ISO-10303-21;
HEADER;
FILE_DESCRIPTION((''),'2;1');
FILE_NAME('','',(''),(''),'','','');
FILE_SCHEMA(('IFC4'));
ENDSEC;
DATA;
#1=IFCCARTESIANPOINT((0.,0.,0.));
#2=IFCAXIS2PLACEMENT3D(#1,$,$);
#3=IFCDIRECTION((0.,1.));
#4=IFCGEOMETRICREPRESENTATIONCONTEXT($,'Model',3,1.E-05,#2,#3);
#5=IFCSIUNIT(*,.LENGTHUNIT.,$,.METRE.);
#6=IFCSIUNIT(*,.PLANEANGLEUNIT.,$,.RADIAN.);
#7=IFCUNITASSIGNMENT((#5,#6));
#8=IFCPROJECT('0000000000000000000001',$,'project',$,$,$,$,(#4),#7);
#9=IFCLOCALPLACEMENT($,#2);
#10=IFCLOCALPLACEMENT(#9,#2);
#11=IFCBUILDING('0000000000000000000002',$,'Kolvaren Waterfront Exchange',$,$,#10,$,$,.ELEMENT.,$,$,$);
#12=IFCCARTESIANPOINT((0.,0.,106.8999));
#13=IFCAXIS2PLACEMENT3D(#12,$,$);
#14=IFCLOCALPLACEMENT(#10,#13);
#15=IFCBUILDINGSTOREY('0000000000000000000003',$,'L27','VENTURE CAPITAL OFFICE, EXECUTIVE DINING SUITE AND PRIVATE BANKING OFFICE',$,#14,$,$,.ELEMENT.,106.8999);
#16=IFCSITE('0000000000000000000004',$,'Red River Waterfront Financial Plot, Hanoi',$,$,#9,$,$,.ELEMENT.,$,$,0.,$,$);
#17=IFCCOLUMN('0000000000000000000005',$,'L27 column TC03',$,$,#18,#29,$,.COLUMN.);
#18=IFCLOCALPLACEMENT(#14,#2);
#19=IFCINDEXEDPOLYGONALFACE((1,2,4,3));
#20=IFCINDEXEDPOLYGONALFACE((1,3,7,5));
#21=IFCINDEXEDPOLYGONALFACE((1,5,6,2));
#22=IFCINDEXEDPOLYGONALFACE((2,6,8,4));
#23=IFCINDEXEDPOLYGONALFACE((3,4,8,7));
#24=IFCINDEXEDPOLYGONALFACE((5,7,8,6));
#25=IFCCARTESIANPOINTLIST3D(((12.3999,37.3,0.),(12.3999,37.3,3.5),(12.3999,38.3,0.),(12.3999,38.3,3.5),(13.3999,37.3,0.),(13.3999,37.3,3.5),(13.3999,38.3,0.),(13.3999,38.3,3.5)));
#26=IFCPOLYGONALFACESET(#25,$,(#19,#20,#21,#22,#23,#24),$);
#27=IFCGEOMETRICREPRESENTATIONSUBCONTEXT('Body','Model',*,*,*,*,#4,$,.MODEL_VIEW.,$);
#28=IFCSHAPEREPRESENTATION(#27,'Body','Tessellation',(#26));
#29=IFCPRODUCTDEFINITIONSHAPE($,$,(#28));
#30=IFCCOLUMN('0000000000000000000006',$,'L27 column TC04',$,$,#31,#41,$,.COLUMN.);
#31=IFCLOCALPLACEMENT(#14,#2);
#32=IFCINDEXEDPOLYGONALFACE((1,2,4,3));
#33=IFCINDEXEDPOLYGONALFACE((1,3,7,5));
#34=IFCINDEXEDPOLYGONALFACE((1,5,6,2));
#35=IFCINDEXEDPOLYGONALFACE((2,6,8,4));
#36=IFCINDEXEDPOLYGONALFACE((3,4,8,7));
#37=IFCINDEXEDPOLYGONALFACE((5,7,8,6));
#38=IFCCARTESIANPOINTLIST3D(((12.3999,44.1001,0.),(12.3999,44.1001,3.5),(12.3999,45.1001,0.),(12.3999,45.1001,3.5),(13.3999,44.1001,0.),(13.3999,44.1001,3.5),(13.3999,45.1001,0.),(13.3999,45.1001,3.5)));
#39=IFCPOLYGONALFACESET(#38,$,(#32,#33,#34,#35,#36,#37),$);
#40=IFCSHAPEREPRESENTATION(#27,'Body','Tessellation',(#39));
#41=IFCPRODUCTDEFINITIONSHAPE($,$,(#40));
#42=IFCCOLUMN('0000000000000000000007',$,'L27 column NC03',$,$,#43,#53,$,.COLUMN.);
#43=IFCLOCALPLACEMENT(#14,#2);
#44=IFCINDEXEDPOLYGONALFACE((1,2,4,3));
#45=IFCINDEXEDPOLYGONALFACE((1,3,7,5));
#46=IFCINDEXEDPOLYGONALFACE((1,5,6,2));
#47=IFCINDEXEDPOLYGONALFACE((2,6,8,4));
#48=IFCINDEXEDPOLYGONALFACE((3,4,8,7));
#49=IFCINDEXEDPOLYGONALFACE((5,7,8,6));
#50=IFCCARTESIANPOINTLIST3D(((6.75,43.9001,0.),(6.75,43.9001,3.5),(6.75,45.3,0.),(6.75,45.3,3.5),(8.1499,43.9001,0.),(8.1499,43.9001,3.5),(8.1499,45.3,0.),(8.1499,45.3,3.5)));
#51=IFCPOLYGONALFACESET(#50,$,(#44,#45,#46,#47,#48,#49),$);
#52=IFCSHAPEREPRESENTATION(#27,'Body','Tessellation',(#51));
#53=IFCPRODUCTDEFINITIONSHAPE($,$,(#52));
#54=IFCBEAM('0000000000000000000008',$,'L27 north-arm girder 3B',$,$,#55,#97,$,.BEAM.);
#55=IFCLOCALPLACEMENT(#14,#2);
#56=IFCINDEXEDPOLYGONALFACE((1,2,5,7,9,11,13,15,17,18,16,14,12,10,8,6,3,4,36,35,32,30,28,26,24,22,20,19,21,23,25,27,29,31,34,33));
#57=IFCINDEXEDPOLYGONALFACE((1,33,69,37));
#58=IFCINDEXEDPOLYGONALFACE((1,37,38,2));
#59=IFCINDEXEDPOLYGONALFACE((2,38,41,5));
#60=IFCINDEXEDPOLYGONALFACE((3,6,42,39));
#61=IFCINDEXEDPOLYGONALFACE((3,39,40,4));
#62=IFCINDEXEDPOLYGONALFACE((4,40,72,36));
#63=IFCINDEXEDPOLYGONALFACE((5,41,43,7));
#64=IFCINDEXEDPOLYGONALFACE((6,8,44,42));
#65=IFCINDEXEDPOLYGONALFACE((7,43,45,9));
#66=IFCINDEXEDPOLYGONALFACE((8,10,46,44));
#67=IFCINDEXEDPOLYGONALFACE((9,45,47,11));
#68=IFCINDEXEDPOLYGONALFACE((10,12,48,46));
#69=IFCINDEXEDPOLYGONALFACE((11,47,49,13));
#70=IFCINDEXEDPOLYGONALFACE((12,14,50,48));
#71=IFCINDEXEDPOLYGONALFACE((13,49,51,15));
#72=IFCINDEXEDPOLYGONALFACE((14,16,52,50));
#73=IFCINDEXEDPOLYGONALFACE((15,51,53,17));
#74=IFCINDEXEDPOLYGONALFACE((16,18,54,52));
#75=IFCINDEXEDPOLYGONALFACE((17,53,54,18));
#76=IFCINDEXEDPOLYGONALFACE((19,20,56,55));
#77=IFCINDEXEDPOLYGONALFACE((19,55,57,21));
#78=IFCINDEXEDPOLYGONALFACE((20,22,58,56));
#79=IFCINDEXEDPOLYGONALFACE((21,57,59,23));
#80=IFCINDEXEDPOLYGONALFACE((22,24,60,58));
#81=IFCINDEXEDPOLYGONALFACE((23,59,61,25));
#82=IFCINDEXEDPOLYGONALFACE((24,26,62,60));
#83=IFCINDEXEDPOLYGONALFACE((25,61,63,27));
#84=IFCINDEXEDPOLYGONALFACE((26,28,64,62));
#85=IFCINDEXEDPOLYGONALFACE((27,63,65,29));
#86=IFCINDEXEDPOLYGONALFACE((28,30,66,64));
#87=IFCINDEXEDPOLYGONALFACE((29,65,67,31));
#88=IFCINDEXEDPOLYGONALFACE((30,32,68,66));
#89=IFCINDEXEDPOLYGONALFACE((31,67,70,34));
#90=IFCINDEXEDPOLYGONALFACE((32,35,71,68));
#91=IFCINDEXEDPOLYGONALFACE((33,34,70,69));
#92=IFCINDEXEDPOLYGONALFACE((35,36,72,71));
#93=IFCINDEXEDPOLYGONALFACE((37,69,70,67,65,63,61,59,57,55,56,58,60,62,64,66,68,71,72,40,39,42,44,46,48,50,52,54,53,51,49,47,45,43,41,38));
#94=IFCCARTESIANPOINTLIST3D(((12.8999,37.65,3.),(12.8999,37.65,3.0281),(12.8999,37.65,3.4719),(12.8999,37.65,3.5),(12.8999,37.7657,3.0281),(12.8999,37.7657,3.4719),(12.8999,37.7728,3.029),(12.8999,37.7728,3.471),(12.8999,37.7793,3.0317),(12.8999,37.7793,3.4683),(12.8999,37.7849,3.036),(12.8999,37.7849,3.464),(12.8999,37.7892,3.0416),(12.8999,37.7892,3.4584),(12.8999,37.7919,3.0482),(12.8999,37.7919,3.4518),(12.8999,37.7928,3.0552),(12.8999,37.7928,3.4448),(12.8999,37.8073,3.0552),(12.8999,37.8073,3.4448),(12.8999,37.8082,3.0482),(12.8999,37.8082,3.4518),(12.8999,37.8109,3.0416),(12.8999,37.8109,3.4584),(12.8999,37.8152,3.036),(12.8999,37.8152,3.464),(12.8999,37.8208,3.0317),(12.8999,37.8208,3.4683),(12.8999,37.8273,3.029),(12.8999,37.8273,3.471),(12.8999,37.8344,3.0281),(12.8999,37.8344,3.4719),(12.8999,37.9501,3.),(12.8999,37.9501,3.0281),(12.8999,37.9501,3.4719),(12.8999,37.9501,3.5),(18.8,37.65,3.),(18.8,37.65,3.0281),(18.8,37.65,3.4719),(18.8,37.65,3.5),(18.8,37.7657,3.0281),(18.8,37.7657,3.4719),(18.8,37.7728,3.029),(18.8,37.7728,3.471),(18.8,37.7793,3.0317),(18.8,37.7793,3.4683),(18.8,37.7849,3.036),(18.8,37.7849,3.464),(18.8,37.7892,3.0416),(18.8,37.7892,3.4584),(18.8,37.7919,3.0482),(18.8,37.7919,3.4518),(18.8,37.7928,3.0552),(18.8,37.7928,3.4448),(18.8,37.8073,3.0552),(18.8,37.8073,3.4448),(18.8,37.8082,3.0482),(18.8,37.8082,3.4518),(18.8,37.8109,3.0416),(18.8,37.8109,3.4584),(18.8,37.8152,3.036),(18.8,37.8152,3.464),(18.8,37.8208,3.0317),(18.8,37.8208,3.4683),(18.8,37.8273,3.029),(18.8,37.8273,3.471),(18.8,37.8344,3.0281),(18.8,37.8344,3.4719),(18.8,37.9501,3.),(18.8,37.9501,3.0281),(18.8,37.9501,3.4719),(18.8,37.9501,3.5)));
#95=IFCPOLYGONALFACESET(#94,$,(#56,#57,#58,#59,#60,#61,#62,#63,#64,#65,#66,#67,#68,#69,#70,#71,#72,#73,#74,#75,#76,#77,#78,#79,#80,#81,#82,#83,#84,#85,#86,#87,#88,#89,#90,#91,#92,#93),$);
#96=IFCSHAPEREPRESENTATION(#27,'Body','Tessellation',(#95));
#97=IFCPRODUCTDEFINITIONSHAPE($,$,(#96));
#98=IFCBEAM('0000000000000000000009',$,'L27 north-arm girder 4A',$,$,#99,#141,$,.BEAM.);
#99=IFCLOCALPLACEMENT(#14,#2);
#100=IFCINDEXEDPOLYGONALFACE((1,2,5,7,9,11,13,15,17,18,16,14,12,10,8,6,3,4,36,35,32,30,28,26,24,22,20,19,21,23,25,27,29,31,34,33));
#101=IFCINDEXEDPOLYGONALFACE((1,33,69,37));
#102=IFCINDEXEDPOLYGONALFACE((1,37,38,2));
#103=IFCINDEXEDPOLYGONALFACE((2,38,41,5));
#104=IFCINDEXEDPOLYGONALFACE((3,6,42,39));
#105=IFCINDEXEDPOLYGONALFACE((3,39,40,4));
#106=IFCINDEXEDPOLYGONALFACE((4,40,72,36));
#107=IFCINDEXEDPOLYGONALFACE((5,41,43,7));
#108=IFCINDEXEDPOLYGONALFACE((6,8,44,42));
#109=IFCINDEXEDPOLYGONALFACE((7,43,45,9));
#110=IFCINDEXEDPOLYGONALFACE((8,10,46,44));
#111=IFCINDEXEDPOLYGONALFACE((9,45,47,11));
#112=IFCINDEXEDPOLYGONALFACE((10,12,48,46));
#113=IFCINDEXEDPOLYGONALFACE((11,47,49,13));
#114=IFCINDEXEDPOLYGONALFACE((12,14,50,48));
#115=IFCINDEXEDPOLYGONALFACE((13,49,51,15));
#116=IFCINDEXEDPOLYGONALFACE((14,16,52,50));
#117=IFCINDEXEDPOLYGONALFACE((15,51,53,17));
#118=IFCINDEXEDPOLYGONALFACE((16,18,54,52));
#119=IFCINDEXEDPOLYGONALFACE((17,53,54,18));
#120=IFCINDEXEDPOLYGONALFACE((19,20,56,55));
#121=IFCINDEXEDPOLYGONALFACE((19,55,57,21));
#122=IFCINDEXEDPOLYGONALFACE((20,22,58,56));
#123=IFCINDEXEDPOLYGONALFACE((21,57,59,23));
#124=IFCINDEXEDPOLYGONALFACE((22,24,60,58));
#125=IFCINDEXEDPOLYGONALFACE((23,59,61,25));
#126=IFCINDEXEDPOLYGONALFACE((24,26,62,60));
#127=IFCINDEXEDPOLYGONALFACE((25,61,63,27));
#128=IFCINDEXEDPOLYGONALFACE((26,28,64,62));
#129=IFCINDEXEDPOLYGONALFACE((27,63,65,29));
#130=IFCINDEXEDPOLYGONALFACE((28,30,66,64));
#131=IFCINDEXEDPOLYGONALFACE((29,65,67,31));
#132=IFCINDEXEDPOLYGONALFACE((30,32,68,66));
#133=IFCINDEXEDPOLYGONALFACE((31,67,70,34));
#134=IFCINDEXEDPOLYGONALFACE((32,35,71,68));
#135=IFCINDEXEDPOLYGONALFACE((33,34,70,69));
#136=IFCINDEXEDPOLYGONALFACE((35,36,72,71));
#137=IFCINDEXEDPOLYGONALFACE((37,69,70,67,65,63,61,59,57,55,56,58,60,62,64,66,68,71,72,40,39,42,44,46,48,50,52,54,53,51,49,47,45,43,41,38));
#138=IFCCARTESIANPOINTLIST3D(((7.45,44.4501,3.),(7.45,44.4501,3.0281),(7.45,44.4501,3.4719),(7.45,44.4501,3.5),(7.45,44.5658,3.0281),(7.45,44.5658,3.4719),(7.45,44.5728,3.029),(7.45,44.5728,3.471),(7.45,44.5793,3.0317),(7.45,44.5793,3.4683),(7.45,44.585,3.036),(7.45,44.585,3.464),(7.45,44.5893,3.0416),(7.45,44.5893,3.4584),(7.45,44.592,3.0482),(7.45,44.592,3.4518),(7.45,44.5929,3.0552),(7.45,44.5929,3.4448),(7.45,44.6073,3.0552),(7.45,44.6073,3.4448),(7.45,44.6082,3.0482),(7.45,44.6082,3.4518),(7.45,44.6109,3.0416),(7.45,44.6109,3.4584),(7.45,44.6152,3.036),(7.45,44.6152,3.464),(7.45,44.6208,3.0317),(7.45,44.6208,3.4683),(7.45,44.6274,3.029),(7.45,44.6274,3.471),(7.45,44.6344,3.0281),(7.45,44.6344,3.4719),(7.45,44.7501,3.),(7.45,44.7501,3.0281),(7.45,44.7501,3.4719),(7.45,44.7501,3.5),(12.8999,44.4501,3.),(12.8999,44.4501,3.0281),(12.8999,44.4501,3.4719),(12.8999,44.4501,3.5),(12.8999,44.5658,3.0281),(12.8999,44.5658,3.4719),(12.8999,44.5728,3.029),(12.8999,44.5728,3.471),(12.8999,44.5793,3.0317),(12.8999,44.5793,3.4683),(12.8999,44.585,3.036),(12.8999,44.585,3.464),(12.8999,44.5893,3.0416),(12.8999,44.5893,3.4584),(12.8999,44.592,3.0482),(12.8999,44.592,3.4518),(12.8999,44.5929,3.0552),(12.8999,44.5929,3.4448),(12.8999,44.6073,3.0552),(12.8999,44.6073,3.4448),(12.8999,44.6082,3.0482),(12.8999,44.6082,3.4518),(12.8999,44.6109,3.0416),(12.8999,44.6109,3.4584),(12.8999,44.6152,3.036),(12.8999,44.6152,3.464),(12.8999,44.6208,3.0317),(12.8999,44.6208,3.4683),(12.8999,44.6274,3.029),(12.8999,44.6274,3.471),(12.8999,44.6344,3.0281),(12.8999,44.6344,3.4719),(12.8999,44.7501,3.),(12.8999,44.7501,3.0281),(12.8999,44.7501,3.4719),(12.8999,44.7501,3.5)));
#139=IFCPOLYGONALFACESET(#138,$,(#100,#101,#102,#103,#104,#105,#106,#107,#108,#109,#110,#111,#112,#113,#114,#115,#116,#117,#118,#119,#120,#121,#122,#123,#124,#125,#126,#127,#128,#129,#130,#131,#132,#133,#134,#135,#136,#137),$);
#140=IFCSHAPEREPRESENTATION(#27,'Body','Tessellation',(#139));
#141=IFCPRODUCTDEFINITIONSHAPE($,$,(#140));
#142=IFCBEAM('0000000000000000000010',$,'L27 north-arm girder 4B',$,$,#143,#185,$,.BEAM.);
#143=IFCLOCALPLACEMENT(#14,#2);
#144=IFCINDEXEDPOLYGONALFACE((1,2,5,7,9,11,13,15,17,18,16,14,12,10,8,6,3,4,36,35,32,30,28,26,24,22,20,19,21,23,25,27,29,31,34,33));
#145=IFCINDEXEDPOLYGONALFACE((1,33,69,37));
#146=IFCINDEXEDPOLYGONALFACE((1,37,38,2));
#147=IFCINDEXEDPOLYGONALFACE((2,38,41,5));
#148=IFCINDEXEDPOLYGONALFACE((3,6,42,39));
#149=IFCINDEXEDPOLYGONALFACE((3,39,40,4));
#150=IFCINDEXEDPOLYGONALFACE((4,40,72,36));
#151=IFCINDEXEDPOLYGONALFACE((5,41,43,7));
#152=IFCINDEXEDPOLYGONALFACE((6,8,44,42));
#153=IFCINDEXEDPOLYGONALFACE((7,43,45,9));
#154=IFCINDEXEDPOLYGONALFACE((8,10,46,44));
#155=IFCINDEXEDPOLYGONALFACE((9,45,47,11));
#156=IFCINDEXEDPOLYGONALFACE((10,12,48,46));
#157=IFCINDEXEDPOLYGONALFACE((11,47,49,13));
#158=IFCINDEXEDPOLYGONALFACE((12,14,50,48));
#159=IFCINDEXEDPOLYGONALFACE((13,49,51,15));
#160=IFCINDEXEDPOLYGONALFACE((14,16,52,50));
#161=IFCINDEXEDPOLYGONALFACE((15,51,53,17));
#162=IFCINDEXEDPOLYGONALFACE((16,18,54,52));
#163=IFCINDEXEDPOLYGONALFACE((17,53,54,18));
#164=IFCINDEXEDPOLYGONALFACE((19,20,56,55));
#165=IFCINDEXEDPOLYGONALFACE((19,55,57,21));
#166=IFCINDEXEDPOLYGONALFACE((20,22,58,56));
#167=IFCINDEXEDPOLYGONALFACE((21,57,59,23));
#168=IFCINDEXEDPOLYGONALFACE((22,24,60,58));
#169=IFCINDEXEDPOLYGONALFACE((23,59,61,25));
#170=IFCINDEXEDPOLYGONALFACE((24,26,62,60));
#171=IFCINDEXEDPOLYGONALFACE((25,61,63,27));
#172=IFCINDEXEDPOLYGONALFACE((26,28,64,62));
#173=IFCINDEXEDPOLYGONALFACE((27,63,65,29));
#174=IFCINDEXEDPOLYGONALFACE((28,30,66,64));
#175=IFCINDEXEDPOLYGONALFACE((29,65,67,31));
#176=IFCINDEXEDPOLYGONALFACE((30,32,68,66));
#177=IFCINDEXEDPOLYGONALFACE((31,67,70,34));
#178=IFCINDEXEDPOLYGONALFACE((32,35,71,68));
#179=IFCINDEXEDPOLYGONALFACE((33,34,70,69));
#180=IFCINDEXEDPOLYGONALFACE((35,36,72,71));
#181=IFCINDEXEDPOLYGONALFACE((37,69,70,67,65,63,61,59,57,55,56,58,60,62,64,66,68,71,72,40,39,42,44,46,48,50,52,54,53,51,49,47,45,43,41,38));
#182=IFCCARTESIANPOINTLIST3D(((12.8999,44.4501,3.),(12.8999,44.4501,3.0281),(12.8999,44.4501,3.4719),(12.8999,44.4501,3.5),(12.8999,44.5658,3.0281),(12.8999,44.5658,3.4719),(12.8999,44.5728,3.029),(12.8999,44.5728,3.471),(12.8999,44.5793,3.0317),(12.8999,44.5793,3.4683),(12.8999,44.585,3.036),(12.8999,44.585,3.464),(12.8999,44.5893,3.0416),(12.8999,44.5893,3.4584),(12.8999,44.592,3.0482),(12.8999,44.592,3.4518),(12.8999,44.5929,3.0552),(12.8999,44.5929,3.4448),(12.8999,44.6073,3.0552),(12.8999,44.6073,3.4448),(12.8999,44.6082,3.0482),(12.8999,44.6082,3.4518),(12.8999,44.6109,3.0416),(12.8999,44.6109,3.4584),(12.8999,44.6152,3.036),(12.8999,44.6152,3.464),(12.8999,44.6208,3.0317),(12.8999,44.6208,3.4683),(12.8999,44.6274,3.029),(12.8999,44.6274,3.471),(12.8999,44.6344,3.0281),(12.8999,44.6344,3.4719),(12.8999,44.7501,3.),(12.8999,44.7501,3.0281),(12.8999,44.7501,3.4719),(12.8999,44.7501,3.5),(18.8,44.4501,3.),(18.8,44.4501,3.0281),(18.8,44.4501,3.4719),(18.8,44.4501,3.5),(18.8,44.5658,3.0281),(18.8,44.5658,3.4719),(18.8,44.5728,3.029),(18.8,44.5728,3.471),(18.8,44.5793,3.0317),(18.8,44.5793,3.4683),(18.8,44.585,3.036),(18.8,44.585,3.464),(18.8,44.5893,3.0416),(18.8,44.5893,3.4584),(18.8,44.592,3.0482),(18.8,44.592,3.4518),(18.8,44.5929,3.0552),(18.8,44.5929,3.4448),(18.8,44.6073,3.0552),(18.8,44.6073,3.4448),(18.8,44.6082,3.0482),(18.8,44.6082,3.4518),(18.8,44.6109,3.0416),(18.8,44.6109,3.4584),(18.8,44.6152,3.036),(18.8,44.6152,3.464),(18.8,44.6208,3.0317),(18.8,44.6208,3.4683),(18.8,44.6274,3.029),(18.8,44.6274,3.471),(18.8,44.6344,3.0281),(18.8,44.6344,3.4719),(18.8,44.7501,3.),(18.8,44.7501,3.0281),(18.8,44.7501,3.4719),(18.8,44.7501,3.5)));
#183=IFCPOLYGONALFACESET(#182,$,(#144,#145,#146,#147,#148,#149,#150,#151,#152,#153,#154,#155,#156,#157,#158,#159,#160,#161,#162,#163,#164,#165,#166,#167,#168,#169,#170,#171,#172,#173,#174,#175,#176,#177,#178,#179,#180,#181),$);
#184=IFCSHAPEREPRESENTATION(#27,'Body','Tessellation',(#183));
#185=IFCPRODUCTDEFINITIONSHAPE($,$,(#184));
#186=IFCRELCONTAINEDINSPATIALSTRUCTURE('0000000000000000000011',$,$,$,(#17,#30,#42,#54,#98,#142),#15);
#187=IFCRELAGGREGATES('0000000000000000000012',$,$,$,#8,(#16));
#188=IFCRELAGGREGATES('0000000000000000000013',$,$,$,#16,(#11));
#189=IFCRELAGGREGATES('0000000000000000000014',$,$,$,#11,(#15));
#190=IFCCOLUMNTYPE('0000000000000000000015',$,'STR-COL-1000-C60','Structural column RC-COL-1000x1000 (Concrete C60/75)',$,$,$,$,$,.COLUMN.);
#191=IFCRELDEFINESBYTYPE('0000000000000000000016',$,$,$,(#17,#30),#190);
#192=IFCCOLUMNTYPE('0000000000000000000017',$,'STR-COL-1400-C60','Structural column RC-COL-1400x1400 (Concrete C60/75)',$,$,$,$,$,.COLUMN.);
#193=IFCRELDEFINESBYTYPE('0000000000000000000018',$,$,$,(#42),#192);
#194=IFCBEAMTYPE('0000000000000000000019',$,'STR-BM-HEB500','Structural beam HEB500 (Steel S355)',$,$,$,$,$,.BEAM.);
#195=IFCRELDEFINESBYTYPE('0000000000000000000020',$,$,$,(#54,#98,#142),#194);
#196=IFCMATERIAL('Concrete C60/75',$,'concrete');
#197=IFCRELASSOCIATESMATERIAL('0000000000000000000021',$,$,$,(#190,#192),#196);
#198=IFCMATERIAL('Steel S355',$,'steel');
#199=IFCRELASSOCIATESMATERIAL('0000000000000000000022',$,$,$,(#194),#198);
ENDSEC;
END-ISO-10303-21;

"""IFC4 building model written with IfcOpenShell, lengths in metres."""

from ifc_helpers import new_model, si_unit, direction, frame, origin, origin_2d, place, context, subcontext, project, spatial, rectangle, i_section, extrude, material, material_profile, profile_set, type_object, element, save


model = new_model("IFC4")

# Units and contexts
model_context = context("Model", 3, precision=1e-05, world=origin(), true_north=direction((0.0, 1.0)))
body_context = subcontext(model_context, "Body", "Model", "MODEL_VIEW")
ifc_project = project(units=[si_unit("LENGTHUNIT", "METRE"), si_unit("PLANEANGLEUNIT", "RADIAN")], contexts=[model_context])

# Site, building, storey
site_placement = place(None, origin())
site = spatial("IfcSite", under=ifc_project, at=site_placement, Name="Red River Waterfront Financial Plot, Hanoi", CompositionType="ELEMENT", RefElevation=0.0)
building_placement = place(site_placement, origin())
building = spatial("IfcBuilding", under=site, at=building_placement, Name="Kolvaren Waterfront Exchange", CompositionType="ELEMENT")
storey_placement = place(building_placement, frame((0.0, 0.0, 106.8999)))
storey = spatial("IfcBuildingStorey", under=building, at=storey_placement, Name="L27", Description="VENTURE CAPITAL OFFICE, EXECUTIVE DINING SUITE AND PRIVATE BANKING OFFICE", CompositionType="ELEMENT", Elevation=106.8999)

# Columns
ifc_material_1 = material(Name="Concrete C60/75", Category="concrete")
ifc_material_profile_1 = material_profile(ifc_material_1, rectangle(XDim=1.0, YDim=1.0, at=origin_2d()), Name="RC-COL-1000x1000")
ifc_profile_set_1 = profile_set([ifc_material_profile_1], Name="Concrete C60/75")
column_type_1 = type_object("IfcColumnType", Name="STR-COL-1000-C60", Description="Structural column RC-COL-1000x1000 (Concrete C60/75)", PredefinedType="COLUMN", material=ifc_profile_set_1)
for number, where, z_axis, x_axis, name in (
    (1, (12.8999, 37.8, 0.0), (0.0, 0.0, 1.0), (1.0, 0.0, 0.0), "L27 column TC03"),
    (2, (12.8999, 44.6001, 0.0), (0.0, 0.0, 1.0), (1.0, 0.0, 0.0), "L27 column TC04"),
):
    element("IfcColumn", number, at=place(storey_placement, frame(where, z_axis=z_axis, x_axis=x_axis)), inside=storey, type_object=column_type_1, Name=name, PredefinedType="COLUMN", context=body_context, shape_type="SweptSolid", body=[
        extrude(rectangle(XDim=1.0, YDim=1.0, at=origin_2d()), origin(), (0.0, 0.0, 1.0), 3.5),
    ])
ifc_material_profile_2 = material_profile(ifc_material_1, rectangle(XDim=1.3999, YDim=1.3999, at=origin_2d()), Name="RC-COL-1400x1400")
ifc_profile_set_2 = profile_set([ifc_material_profile_2], Name="Concrete C60/75")
column_type_2 = type_object("IfcColumnType", Name="STR-COL-1400-C60", Description="Structural column RC-COL-1400x1400 (Concrete C60/75)", PredefinedType="COLUMN", material=ifc_profile_set_2)
column_placement = place(storey_placement, frame((7.45, 44.6001, 0.0), z_axis=(0.0, 0.0, 1.0), x_axis=(1.0, 0.0, 0.0)))
element("IfcColumn", 3, at=column_placement, inside=storey, type_object=column_type_2, Name="L27 column NC03", PredefinedType="COLUMN", context=body_context, shape_type="SweptSolid", body=[
    extrude(rectangle(XDim=1.3999, YDim=1.3999, at=origin_2d()), origin(), (0.0, 0.0, 1.0), 3.5),
])

# Beams
ifc_material_2 = material(Name="Steel S355", Category="steel")
ifc_material_profile_3 = material_profile(ifc_material_2, i_section(OverallWidth=0.3, OverallDepth=0.5, WebThickness=0.0144, FlangeThickness=0.0281, FilletRadius=0.0271, at=origin_2d()), Name="HEB500")
ifc_profile_set_3 = profile_set([ifc_material_profile_3], Name="Steel S355")
beam_type_1 = type_object("IfcBeamType", Name="STR-BM-HEB500", Description="Structural beam HEB500 (Steel S355)", PredefinedType="BEAM", material=ifc_profile_set_3)
beam_1_placement = place(storey_placement, frame((12.8999, 37.8, 3.25), z_axis=(1.0, 0.0, 0.0), x_axis=(0.0, 1.0, 0.0)))
element("IfcBeam", 4, at=beam_1_placement, inside=storey, type_object=beam_type_1, Name="L27 north-arm girder 3B", PredefinedType="BEAM", context=body_context, shape_type="SweptSolid", body=[
    extrude(i_section(OverallWidth=0.3, OverallDepth=0.5, WebThickness=0.0144, FlangeThickness=0.0281, FilletRadius=0.0271, at=origin_2d()), origin(), (0.0, 0.0, 1.0), 5.9001),
])
beam_2_placement = place(storey_placement, frame((7.45, 44.6001, 3.25), z_axis=(1.0, 0.0, 0.0), x_axis=(0.0, 1.0, 0.0)))
element("IfcBeam", 5, at=beam_2_placement, inside=storey, type_object=beam_type_1, Name="L27 north-arm girder 4A", PredefinedType="BEAM", context=body_context, shape_type="SweptSolid", body=[
    extrude(i_section(OverallWidth=0.3, OverallDepth=0.5, WebThickness=0.0144, FlangeThickness=0.0281, FilletRadius=0.0271, at=origin_2d()), origin(), (0.0, 0.0, 1.0), 5.45),
])
beam_3_placement = place(storey_placement, frame((12.8999, 44.6001, 3.25), z_axis=(1.0, 0.0, 0.0), x_axis=(0.0, 1.0, 0.0)))
element("IfcBeam", 6, at=beam_3_placement, inside=storey, type_object=beam_type_1, Name="L27 north-arm girder 4B", PredefinedType="BEAM", context=body_context, shape_type="SweptSolid", body=[
    extrude(i_section(OverallWidth=0.3, OverallDepth=0.5, WebThickness=0.0144, FlangeThickness=0.0281, FilletRadius=0.0271, at=origin_2d()), origin(), (0.0, 0.0, 1.0), 5.9001),
])

save(model, "model.ifc")
